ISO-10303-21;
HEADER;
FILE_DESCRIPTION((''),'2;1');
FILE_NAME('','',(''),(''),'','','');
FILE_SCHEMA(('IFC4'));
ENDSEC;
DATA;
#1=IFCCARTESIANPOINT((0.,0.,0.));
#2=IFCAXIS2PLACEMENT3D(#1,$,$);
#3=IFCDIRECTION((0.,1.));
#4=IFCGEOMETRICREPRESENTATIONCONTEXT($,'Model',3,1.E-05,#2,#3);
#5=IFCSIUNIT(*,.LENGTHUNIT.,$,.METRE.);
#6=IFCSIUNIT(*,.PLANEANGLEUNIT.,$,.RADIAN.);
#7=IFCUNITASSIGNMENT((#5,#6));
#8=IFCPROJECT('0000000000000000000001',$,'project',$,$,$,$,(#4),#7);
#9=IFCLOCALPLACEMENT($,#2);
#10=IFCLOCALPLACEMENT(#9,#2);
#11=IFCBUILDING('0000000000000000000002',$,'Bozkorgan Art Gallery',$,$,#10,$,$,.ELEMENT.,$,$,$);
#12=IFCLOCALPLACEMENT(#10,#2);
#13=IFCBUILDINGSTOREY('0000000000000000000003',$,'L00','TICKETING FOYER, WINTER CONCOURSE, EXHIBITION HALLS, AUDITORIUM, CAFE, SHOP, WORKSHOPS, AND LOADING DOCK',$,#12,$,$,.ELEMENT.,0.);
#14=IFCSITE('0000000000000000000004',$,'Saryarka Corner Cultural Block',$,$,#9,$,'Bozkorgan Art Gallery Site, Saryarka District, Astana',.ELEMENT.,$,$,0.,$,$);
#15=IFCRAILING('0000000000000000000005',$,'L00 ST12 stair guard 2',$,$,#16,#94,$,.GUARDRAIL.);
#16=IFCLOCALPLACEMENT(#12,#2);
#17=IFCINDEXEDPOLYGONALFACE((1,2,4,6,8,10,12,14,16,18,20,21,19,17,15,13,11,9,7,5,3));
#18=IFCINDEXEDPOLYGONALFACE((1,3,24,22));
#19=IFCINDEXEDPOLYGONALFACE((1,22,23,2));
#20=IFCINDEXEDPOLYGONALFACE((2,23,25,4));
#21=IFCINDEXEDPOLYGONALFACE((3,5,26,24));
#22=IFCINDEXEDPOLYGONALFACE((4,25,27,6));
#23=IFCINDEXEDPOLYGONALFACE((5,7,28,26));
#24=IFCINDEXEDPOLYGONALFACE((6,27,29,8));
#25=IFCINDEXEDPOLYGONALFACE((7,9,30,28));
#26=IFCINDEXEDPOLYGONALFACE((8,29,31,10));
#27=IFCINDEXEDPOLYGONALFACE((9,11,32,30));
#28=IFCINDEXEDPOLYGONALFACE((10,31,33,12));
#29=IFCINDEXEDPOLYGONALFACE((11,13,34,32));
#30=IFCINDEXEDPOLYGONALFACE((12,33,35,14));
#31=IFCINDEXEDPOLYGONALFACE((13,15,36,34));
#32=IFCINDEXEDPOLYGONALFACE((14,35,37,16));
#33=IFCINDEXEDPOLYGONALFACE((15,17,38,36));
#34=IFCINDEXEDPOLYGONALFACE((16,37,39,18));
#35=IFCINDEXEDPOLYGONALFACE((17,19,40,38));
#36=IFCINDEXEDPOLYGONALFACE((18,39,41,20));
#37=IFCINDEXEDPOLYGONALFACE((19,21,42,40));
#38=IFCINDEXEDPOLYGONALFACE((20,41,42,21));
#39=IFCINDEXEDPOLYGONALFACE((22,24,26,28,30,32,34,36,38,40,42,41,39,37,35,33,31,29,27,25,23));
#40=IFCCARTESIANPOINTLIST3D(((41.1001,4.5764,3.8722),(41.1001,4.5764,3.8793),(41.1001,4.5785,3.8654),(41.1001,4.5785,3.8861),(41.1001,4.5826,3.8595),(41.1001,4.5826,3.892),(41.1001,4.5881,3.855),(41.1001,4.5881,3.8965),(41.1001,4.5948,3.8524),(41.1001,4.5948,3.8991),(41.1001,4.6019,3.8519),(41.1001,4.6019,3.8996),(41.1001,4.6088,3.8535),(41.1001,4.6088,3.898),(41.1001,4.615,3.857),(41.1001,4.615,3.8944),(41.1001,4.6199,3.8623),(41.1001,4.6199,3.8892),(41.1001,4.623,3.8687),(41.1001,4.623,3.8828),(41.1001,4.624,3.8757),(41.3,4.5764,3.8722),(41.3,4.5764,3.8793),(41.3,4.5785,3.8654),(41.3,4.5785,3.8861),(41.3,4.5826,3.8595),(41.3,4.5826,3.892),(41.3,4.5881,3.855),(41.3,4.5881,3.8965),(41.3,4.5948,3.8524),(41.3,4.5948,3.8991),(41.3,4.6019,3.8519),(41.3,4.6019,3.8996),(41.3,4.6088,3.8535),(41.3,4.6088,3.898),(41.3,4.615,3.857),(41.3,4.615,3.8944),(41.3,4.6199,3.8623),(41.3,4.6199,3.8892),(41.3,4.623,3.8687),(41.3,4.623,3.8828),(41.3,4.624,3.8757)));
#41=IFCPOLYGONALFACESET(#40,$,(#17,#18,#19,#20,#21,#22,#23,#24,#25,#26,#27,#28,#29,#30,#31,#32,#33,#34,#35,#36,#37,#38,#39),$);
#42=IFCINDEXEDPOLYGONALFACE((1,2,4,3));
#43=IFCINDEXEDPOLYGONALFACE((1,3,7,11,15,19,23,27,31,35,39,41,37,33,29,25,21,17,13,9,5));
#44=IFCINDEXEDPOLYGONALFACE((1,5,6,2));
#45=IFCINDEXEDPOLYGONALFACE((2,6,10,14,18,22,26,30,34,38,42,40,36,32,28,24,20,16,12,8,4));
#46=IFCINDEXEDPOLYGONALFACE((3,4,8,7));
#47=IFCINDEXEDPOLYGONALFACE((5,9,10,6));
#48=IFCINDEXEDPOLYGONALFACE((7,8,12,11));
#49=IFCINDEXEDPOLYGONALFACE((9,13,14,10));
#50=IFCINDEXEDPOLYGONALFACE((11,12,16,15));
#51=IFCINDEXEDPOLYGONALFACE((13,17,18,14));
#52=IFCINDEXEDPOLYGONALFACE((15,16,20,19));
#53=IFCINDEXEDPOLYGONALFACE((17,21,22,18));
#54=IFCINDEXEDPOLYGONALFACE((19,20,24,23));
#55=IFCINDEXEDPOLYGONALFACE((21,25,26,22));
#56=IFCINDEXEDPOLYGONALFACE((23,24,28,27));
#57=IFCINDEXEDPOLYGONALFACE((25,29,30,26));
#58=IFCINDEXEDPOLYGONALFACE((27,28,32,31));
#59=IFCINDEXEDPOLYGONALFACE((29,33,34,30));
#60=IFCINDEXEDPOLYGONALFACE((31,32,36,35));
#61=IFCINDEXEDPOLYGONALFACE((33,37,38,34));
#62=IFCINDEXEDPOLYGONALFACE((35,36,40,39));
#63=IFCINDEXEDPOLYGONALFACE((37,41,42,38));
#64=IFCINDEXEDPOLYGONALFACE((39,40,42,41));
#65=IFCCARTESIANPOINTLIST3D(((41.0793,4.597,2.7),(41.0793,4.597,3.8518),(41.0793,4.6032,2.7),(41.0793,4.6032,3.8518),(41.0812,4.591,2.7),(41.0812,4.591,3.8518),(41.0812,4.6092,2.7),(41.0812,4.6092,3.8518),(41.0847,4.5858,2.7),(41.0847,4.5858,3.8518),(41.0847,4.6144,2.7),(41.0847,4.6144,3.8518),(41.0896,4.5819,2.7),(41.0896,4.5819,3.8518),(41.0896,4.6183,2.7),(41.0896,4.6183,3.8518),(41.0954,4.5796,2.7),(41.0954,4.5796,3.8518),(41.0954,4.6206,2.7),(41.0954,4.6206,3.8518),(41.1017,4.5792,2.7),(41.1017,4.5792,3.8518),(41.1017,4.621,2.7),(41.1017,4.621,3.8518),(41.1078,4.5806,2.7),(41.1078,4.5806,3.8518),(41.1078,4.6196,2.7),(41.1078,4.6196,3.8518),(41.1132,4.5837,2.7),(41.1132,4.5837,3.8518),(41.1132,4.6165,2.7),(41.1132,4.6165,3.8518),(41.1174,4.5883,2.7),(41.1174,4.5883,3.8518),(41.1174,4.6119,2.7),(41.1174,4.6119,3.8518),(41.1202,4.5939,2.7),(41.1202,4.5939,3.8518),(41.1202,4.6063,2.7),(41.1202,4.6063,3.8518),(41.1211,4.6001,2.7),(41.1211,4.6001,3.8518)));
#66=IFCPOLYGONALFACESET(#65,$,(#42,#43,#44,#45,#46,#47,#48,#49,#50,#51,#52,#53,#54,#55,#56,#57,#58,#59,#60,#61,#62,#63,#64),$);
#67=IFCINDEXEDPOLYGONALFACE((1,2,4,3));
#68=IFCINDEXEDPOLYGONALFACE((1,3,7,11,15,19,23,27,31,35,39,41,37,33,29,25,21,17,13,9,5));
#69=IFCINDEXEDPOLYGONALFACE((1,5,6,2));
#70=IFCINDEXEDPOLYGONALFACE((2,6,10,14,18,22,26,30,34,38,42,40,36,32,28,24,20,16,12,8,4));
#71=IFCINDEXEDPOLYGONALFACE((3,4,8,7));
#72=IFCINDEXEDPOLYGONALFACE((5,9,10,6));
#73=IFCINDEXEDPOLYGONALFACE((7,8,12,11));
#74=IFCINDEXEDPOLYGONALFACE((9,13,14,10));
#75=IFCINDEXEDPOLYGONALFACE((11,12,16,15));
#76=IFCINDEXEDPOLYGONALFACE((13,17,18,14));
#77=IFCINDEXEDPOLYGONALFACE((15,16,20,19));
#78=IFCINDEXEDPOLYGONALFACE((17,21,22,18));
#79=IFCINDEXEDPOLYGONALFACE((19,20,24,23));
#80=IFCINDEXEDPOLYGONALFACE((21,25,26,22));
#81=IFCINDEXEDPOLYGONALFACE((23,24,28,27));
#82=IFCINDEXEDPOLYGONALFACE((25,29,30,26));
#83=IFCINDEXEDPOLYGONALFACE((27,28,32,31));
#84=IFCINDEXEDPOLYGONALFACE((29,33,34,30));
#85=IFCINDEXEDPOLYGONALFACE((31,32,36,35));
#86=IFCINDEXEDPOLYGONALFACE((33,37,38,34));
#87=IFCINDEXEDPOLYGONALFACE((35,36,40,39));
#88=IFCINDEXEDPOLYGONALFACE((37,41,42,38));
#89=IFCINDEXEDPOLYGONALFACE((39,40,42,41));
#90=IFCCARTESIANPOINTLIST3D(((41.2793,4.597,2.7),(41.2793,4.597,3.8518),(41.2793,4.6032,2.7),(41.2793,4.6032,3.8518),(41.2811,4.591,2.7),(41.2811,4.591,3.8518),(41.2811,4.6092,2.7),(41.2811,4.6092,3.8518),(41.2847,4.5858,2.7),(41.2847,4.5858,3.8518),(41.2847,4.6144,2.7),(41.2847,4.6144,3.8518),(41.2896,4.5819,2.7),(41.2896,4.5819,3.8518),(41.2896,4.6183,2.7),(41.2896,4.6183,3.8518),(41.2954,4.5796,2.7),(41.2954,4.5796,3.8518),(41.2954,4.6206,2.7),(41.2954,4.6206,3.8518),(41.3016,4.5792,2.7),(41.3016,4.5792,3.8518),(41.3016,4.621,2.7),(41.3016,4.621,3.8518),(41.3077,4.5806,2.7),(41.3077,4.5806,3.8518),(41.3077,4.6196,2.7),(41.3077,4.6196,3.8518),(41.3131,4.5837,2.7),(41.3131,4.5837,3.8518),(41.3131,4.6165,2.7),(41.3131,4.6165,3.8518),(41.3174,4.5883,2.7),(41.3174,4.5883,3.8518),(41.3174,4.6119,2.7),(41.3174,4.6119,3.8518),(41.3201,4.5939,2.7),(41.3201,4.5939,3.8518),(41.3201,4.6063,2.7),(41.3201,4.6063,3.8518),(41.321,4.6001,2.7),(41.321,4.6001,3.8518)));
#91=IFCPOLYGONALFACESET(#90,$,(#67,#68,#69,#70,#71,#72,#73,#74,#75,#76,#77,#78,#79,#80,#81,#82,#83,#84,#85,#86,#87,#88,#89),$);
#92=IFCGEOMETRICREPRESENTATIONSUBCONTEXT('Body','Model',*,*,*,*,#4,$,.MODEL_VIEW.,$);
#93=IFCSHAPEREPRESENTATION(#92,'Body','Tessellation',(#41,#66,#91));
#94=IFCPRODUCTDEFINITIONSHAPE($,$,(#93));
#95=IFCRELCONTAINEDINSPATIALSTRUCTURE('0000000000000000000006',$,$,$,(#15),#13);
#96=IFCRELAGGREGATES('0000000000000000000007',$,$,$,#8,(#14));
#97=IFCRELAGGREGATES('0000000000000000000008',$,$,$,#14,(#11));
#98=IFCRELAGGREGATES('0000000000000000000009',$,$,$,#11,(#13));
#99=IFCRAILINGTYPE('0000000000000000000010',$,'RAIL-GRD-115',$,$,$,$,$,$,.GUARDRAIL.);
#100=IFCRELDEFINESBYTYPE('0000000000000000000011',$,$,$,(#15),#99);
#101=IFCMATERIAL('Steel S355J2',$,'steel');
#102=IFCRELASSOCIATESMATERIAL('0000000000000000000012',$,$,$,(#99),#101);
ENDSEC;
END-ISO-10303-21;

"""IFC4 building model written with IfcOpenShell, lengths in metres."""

from ifc_helpers import new_model, si_unit, direction, frame, origin, origin_2d, place, context, subcontext, project, spatial, circle, extrude, material, type_object, element, save


model = new_model("IFC4")

# Units and contexts
model_context = context("Model", 3, precision=1e-05, world=origin(), true_north=direction((0.0, 1.0)))
body_context = subcontext(model_context, "Body", "Model", "MODEL_VIEW")
ifc_project = project(units=[si_unit("LENGTHUNIT", "METRE"), si_unit("PLANEANGLEUNIT", "RADIAN")], contexts=[model_context])

# Site, building, storey
site_placement = place(None, origin())
site = spatial("IfcSite", under=ifc_project, at=site_placement, Name="Saryarka Corner Cultural Block", LongName="Bozkorgan Art Gallery Site, Saryarka District, Astana", CompositionType="ELEMENT", RefElevation=0.0)
building_placement = place(site_placement, origin())
building = spatial("IfcBuilding", under=site, at=building_placement, Name="Bozkorgan Art Gallery", CompositionType="ELEMENT")
storey_placement = place(building_placement, origin())
storey = spatial("IfcBuildingStorey", under=building, at=storey_placement, Name="L00", Description="TICKETING FOYER, WINTER CONCOURSE, EXHIBITION HALLS, AUDITORIUM, CAFE, SHOP, WORKSHOPS, AND LOADING DOCK", CompositionType="ELEMENT", Elevation=0.0)

# Shared definitions
ifc_material_1 = material(Name="Steel S355J2", Category="steel")

# Railing
railing_type_1 = type_object("IfcRailingType", Name="RAIL-GRD-115", PredefinedType="GUARDRAIL", material=ifc_material_1)
railing_1_placement = place(storey_placement, frame((41.1001, 4.6001, 2.7)))
element("IfcRailing", 1, at=railing_1_placement, inside=storey, type_object=railing_type_1, Name="L00 ST12 stair guard 2", PredefinedType="GUARDRAIL", context=body_context, shape_type="SweptSolid", body=[
    extrude(circle(Radius=0.0239, at=origin_2d()), frame((0.0, 0.0, 1.1758), z_axis=(1.0, 0.0, 0.0), x_axis=(0.0, 1.0, 0.0)), (0.0, 0.0, 1.0), 0.2),
    extrude(circle(Radius=0.021, at=origin_2d()), origin(), (0.0, 0.0, 1.0), 1.1519),
    extrude(circle(Radius=0.021, at=origin_2d()), frame((0.2, 0.0, 0.0)), (0.0, 0.0, 1.0), 1.1519),
])

save(model, "model.ifc")
